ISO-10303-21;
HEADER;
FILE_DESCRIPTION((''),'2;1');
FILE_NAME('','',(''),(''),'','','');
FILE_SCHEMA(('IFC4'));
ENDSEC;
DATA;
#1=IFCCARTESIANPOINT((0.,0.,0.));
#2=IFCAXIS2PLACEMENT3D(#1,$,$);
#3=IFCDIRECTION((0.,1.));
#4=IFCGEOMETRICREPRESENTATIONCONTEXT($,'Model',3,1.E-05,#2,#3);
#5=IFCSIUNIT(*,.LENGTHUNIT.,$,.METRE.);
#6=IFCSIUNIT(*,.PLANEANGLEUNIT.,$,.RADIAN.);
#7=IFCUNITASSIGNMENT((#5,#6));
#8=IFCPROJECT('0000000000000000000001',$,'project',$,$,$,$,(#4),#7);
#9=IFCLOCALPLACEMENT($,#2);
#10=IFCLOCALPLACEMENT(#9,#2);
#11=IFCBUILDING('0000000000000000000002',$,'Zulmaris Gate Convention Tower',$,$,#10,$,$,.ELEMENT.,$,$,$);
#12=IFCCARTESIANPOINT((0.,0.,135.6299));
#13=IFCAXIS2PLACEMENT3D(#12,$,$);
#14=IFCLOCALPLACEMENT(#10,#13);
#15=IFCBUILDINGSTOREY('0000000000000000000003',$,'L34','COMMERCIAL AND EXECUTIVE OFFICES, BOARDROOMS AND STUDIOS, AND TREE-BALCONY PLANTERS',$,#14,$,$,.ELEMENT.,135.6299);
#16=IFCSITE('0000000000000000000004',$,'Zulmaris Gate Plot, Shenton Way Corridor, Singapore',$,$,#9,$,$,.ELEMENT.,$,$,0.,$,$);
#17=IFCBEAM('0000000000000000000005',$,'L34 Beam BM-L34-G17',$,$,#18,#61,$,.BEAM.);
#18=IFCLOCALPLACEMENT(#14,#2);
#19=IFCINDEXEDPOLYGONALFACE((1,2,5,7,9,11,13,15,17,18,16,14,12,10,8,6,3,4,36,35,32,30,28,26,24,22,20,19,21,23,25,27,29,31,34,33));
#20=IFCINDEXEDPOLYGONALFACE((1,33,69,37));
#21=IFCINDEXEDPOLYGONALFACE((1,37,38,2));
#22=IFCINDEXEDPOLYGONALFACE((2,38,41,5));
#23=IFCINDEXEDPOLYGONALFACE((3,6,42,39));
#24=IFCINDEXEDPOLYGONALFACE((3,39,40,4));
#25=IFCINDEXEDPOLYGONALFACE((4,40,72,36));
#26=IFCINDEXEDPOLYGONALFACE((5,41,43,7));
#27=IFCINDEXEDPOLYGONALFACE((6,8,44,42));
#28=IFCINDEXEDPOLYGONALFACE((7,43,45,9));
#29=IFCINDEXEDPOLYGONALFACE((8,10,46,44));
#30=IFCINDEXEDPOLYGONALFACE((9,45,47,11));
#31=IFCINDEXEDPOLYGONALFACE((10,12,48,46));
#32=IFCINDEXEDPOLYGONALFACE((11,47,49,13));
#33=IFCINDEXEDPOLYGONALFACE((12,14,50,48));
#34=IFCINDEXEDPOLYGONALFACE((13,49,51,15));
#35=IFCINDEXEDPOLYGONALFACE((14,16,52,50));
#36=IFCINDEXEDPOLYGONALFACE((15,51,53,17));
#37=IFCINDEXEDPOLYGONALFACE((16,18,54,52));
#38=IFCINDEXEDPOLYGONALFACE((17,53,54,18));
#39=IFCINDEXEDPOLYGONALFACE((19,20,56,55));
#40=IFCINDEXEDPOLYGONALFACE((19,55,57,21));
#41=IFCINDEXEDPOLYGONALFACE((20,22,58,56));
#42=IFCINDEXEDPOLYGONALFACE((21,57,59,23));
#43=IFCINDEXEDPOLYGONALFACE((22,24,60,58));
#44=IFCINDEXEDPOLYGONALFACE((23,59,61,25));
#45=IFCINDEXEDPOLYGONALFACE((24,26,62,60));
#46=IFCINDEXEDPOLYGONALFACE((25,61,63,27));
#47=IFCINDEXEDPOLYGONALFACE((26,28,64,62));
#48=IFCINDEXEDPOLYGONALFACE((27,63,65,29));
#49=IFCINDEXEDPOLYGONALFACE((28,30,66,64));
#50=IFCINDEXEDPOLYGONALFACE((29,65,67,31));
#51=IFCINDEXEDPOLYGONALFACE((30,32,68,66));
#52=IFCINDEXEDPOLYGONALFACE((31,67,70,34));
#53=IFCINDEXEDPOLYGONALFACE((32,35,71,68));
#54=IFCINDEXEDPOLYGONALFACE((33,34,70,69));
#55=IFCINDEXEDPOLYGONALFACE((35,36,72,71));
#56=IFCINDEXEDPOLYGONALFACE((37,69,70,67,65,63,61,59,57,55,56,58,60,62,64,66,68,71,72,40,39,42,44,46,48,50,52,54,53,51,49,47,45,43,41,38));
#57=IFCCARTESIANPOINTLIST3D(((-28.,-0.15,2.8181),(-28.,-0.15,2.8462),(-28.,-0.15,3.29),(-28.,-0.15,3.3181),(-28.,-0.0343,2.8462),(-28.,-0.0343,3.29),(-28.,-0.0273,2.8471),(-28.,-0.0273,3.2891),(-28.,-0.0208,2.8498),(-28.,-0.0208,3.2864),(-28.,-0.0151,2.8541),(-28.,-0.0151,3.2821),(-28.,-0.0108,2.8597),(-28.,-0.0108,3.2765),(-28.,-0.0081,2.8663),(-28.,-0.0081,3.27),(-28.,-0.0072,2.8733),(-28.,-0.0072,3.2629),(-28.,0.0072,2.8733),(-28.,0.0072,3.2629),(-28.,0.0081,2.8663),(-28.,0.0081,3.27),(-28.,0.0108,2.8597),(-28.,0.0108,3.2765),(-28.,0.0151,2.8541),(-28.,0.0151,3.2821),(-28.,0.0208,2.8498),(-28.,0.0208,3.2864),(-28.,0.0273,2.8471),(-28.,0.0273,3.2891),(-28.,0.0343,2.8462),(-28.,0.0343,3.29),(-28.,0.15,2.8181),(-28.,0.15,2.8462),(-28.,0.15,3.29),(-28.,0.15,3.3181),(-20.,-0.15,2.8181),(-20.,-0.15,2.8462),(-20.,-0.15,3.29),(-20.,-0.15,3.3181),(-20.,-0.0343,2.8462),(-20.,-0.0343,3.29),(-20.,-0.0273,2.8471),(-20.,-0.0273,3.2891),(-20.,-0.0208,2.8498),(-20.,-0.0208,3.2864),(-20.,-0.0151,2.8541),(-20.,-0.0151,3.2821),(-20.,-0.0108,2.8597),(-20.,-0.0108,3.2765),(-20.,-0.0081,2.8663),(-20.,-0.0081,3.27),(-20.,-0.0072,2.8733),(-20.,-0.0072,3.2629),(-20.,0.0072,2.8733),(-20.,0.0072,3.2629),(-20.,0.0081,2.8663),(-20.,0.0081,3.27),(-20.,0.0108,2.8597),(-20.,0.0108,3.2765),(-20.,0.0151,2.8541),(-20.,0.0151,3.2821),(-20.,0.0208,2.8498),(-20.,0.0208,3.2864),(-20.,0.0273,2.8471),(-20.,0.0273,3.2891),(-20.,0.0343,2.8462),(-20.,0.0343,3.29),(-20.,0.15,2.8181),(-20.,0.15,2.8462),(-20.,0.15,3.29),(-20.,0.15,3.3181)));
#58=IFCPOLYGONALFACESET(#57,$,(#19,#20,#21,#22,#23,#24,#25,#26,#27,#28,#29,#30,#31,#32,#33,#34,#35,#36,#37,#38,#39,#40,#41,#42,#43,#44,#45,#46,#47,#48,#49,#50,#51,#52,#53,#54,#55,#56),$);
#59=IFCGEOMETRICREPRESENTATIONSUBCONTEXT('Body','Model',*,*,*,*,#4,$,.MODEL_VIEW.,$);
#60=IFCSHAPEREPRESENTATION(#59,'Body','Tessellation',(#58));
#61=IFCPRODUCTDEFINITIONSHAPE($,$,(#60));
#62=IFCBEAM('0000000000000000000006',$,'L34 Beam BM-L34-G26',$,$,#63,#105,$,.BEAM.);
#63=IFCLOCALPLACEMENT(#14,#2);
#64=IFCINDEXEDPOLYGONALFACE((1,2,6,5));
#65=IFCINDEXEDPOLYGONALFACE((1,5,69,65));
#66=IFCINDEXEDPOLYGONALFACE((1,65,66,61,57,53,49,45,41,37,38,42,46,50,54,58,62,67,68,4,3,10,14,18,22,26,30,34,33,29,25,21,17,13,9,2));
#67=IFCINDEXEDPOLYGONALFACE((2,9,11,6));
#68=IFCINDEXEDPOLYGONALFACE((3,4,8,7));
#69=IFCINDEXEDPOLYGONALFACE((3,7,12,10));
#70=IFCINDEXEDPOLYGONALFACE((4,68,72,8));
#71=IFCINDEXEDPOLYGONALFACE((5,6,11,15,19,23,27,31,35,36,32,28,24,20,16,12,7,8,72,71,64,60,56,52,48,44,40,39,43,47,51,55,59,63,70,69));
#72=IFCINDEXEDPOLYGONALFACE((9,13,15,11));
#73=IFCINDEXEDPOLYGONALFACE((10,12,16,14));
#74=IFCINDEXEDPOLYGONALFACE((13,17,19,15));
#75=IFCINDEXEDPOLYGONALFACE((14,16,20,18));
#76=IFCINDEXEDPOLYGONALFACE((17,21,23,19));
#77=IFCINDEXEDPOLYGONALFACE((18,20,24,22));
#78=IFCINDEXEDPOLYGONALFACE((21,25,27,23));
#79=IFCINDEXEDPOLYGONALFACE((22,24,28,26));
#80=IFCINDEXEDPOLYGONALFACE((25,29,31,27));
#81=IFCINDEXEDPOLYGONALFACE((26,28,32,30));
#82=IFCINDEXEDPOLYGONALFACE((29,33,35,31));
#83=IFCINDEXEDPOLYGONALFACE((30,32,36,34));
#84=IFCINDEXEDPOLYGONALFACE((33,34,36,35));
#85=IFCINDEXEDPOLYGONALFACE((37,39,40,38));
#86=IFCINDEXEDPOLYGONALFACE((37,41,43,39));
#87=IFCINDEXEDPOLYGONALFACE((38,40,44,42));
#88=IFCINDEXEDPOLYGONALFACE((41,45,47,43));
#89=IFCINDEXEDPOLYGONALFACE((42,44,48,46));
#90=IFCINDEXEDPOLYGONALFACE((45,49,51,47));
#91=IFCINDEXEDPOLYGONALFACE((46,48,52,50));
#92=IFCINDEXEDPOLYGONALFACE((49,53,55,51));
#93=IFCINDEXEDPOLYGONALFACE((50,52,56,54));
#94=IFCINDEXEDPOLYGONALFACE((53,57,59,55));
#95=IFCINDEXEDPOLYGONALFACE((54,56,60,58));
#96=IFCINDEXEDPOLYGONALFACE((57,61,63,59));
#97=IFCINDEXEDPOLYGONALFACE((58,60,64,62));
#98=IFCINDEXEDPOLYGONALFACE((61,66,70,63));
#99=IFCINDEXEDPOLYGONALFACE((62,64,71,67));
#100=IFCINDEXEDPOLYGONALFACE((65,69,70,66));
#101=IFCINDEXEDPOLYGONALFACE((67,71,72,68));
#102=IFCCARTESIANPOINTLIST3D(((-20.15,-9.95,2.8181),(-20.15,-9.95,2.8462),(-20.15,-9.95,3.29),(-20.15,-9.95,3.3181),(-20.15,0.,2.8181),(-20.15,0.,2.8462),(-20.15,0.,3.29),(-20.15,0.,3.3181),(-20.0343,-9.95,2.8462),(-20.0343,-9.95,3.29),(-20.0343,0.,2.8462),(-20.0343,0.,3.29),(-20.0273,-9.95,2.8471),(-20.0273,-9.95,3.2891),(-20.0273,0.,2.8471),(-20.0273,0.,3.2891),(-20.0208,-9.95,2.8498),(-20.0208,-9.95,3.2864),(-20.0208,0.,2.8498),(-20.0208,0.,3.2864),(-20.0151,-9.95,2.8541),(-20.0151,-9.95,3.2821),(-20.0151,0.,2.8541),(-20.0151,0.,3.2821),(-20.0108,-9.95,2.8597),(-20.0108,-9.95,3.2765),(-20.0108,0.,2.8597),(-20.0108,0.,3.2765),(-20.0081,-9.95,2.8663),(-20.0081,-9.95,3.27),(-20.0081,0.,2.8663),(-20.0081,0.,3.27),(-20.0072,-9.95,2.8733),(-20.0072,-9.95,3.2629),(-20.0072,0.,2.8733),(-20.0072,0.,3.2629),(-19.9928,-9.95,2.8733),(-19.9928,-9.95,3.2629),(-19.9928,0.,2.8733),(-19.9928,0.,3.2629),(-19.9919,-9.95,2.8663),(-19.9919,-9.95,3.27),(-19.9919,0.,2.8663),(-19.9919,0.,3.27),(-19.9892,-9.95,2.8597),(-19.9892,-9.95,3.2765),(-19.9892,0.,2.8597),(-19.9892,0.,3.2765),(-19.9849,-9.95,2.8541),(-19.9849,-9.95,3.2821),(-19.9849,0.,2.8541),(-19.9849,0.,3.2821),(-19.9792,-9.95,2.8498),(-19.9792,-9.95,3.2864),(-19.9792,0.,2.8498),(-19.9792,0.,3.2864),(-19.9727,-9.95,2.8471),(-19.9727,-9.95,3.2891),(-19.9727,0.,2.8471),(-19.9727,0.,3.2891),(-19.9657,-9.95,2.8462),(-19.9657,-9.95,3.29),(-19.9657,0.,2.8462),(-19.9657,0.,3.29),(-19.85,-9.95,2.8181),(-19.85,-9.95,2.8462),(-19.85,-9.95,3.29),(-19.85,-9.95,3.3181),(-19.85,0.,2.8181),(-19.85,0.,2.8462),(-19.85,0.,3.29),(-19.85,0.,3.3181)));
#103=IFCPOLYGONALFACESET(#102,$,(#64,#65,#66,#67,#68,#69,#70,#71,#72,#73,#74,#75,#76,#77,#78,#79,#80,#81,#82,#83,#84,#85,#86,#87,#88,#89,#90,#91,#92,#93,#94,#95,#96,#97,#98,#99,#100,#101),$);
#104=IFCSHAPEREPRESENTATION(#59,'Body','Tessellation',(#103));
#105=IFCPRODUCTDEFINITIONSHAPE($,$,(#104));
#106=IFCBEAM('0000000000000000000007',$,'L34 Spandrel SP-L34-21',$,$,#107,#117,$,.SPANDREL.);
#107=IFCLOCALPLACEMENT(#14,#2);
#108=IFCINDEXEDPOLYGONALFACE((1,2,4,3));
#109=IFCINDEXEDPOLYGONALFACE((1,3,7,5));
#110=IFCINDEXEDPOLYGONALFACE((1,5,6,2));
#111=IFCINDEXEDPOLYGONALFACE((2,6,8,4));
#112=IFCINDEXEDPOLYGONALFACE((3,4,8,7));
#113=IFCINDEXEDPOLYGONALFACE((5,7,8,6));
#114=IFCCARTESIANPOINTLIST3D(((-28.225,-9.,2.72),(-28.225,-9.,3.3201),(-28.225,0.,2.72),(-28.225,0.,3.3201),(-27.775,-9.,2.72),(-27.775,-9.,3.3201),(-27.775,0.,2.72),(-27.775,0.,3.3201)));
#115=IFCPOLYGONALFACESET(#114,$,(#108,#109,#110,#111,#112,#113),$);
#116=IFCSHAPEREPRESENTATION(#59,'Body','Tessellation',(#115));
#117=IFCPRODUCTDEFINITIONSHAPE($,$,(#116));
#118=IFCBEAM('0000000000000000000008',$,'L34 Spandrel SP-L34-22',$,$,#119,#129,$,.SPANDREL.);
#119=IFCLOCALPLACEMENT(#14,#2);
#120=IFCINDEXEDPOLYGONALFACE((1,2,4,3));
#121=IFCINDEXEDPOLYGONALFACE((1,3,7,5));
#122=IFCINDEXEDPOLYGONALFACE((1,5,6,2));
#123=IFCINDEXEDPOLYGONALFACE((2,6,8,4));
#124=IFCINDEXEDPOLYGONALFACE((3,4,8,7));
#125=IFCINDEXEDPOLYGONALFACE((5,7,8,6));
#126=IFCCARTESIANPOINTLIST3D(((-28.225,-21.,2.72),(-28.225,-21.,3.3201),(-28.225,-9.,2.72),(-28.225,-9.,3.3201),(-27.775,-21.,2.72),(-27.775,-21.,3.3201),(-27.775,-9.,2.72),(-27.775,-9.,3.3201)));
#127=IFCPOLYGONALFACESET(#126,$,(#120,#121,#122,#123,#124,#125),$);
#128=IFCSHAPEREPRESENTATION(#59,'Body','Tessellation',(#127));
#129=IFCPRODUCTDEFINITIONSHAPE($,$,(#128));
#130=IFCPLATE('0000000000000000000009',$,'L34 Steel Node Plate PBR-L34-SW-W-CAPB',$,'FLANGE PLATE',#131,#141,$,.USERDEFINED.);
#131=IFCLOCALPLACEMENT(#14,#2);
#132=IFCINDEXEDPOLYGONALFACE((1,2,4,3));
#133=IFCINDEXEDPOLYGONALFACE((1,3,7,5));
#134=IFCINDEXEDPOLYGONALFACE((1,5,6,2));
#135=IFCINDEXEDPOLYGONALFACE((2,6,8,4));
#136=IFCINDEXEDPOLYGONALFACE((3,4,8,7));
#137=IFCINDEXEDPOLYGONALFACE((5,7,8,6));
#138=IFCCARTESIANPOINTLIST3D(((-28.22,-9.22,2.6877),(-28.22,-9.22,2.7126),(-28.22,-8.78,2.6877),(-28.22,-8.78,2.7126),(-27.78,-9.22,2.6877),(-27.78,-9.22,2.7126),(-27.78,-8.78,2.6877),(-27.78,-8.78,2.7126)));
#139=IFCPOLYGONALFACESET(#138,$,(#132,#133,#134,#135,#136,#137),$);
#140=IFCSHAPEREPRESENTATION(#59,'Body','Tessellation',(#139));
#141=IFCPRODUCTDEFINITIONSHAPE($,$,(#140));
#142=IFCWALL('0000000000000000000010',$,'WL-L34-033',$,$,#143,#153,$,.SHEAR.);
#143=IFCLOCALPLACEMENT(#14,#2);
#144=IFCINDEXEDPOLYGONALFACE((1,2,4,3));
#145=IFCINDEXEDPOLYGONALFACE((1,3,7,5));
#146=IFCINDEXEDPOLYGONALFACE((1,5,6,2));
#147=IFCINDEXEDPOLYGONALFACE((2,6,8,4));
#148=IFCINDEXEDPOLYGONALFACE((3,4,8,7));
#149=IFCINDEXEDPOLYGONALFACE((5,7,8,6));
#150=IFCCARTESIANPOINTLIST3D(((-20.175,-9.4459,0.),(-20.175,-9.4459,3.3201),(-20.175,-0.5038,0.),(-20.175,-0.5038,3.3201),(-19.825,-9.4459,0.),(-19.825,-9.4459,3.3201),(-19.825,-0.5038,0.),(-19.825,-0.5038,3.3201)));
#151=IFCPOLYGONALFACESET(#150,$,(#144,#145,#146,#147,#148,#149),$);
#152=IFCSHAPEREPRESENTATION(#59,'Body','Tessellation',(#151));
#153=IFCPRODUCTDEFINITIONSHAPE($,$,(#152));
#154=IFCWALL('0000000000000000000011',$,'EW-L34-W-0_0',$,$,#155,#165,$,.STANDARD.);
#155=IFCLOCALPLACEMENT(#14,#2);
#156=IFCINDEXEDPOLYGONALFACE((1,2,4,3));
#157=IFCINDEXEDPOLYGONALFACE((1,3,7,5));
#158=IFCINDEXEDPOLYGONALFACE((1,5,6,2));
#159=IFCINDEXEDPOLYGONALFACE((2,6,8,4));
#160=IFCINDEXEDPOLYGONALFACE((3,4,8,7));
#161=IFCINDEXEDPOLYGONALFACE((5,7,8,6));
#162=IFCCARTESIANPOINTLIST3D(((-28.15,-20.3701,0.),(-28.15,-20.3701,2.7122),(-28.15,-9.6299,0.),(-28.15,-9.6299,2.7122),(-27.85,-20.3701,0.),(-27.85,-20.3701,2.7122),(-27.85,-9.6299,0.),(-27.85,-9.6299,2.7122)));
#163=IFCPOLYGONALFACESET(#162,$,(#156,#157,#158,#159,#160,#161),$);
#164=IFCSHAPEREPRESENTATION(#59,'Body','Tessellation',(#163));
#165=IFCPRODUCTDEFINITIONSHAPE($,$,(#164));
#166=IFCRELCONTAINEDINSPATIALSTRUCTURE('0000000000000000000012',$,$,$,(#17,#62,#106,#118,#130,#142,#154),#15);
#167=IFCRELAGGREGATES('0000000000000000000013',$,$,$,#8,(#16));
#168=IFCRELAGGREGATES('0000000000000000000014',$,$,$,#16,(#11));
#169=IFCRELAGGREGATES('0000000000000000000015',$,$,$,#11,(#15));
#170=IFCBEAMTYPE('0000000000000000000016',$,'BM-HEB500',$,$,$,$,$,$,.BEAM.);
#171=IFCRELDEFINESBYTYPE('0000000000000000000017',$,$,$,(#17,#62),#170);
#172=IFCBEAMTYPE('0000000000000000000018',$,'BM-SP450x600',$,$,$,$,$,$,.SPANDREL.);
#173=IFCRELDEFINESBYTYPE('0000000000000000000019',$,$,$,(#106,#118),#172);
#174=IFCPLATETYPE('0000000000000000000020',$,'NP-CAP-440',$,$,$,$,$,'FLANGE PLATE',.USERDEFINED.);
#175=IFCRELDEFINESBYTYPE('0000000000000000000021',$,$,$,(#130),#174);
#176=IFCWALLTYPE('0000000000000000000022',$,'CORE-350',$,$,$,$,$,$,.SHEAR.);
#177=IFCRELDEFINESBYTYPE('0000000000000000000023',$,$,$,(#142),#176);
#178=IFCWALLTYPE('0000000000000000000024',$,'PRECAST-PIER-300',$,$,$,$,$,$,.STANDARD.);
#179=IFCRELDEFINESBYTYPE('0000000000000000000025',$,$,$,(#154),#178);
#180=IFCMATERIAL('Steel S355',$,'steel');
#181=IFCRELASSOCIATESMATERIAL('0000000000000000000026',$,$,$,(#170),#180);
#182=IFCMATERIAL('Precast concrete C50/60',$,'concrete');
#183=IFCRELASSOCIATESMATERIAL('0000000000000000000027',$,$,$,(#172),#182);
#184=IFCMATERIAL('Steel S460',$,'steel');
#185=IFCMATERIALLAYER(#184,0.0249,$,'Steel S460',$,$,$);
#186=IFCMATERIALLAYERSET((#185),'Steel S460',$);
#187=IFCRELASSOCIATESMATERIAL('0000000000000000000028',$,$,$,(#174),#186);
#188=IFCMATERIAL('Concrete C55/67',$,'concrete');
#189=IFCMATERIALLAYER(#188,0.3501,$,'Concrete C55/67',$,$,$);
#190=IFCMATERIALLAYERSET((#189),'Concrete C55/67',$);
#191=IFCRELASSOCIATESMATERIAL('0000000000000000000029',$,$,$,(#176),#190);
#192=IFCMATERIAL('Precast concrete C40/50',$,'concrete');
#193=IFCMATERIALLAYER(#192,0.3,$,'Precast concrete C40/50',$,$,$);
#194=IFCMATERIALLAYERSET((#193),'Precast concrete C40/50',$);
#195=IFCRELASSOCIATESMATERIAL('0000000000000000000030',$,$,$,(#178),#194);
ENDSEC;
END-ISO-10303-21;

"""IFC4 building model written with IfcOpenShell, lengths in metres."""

from ifc_helpers import new_model, si_unit, direction, frame, frame_2d, origin, origin_2d, place, context, subcontext, project, spatial, rectangle, i_section, extrude, material, layer, layer_set, material_profile, profile_set, type_object, element, save


model = new_model("IFC4")

# Units and contexts
model_context = context("Model", 3, precision=1e-05, world=origin(), true_north=direction((0.0, 1.0)))
body_context = subcontext(model_context, "Body", "Model", "MODEL_VIEW")
ifc_project = project(units=[si_unit("LENGTHUNIT", "METRE"), si_unit("PLANEANGLEUNIT", "RADIAN")], contexts=[model_context])

# Site, building, storey
site_placement = place(None, origin())
site = spatial("IfcSite", under=ifc_project, at=site_placement, Name="Zulmaris Gate Plot, Shenton Way Corridor, Singapore", CompositionType="ELEMENT", RefElevation=0.0)
building_placement = place(site_placement, origin())
building = spatial("IfcBuilding", under=site, at=building_placement, Name="Zulmaris Gate Convention Tower", CompositionType="ELEMENT")
storey_placement = place(building_placement, frame((0.0, 0.0, 135.6299)))
storey = spatial("IfcBuildingStorey", under=building, at=storey_placement, Name="L34", Description="COMMERCIAL AND EXECUTIVE OFFICES, BOARDROOMS AND STUDIOS, AND TREE-BALCONY PLANTERS", CompositionType="ELEMENT", Elevation=135.6299)

# Beams
ifc_material_1 = material(Name="Steel S355", Category="steel")
ifc_material_profile_1 = material_profile(ifc_material_1, i_section(OverallWidth=0.3, OverallDepth=0.5, WebThickness=0.0144, FlangeThickness=0.0281, FilletRadius=0.0271, at=origin_2d()), Name="HEB 500")
ifc_profile_set_1 = profile_set([ifc_material_profile_1], Name="Steel S355")
beam_type_1 = type_object("IfcBeamType", Name="BM-HEB500", PredefinedType="BEAM", material=ifc_profile_set_1)
for number, where, z_axis, x_axis, name in (
    (1, (-28.0, 0.0, 3.0681), (1.0, 0.0, 0.0), (0.0, 1.0, 0.0), "L34 Beam BM-L34-G17"),
):
    element("IfcBeam", number, at=place(storey_placement, frame(where, z_axis=z_axis, x_axis=x_axis)), inside=storey, type_object=beam_type_1, Name=name, PredefinedType="BEAM", context=body_context, shape_type="SweptSolid", body=[
        extrude(i_section(OverallWidth=0.3, OverallDepth=0.5, WebThickness=0.0144, FlangeThickness=0.0281, FilletRadius=0.0271, at=origin_2d()), origin(), (0.0, 0.0, 1.0), 8.0),
    ])
beam_1_placement = place(storey_placement, frame((-20.0, -9.95, 3.0681), z_axis=(0.0, 1.0, 0.0), x_axis=(-1.0, 0.0, 0.0)))
element("IfcBeam", 2, at=beam_1_placement, inside=storey, type_object=beam_type_1, Name="L34 Beam BM-L34-G26", PredefinedType="BEAM", context=body_context, shape_type="SweptSolid", body=[
    extrude(i_section(OverallWidth=0.3, OverallDepth=0.5, WebThickness=0.0144, FlangeThickness=0.0281, FilletRadius=0.0271, at=origin_2d()), origin(), (0.0, 0.0, 1.0), 9.95),
])
ifc_material_2 = material(Name="Precast concrete C50/60", Category="concrete")
ifc_material_profile_2 = material_profile(ifc_material_2, rectangle(XDim=0.45, YDim=0.6001, at=origin_2d()), Name="RC SPANDREL 450x600")
ifc_profile_set_2 = profile_set([ifc_material_profile_2], Name="Precast concrete C50/60")
beam_type_2 = type_object("IfcBeamType", Name="BM-SP450x600", PredefinedType="SPANDREL", material=ifc_profile_set_2)
beam_2_placement = place(storey_placement, frame((-28.0, 0.0, 3.02), z_axis=(0.0, -1.0, 0.0), x_axis=(1.0, 0.0, 0.0)))
element("IfcBeam", 3, at=beam_2_placement, inside=storey, type_object=beam_type_2, Name="L34 Spandrel SP-L34-21", PredefinedType="SPANDREL", context=body_context, shape_type="SweptSolid", body=[
    extrude(rectangle(XDim=0.45, YDim=0.6001, at=origin_2d()), origin(), (0.0, 0.0, 1.0), 9.0),
])
beam_3_placement = place(storey_placement, frame((-28.0, -9.0, 3.02), z_axis=(0.0, -1.0, 0.0), x_axis=(1.0, 0.0, 0.0)))
element("IfcBeam", 4, at=beam_3_placement, inside=storey, type_object=beam_type_2, Name="L34 Spandrel SP-L34-22", PredefinedType="SPANDREL", context=body_context, shape_type="SweptSolid", body=[
    extrude(rectangle(XDim=0.45, YDim=0.6001, at=origin_2d()), origin(), (0.0, 0.0, 1.0), 12.0),
])

# Plate
ifc_material_3 = material(Name="Steel S460", Category="steel")
ifc_layer_1 = layer(ifc_material_3, 0.0249, Name="Steel S460")
ifc_layer_set_1 = layer_set([ifc_layer_1], Name="Steel S460")
plate_type = type_object("IfcPlateType", Name="NP-CAP-440", ElementType="FLANGE PLATE", PredefinedType="USERDEFINED", material=ifc_layer_set_1)
plate_placement = place(storey_placement, frame((-28.0, -9.0, 2.6877), z_axis=(0.0, 0.0, 1.0), x_axis=(1.0, 0.0, 0.0)))
element("IfcPlate", 5, at=plate_placement, inside=storey, type_object=plate_type, Name="L34 Steel Node Plate PBR-L34-SW-W-CAPB", ObjectType="FLANGE PLATE", PredefinedType="USERDEFINED", context=body_context, shape_type="SweptSolid", body=[
    extrude(rectangle(XDim=0.4399, YDim=0.4399, at=origin_2d()), origin(), (0.0, 0.0, 1.0), 0.0249),
])

# Shared definitions
ifc_material_4 = material(Name="Concrete C55/67", Category="concrete")
ifc_layer_2 = layer(ifc_material_4, 0.3501, Name="Concrete C55/67")
ifc_layer_set_2 = layer_set([ifc_layer_2], Name="Concrete C55/67")
wall_type_1 = type_object("IfcWallType", Name="CORE-350", PredefinedType="SHEAR", material=ifc_layer_set_2)

# Walls
wall_1_placement = place(storey_placement, frame((-20.0, -9.446, 0.0), z_axis=(0.0, 0.0, 1.0), x_axis=(0.0, 1.0, 0.0)))
element("IfcWall", 6, at=wall_1_placement, inside=storey, type_object=wall_type_1, Name="WL-L34-033", PredefinedType="SHEAR", context=body_context, shape_type="SweptSolid", body=[
    extrude(rectangle(XDim=8.9421, YDim=0.3501, at=frame_2d((4.4712, 0.0))), origin(), (0.0, 0.0, 1.0), 3.3201),
])
ifc_material_5 = material(Name="Precast concrete C40/50", Category="concrete")
ifc_layer_3 = layer(ifc_material_5, 0.3, Name="Precast concrete C40/50")
ifc_layer_set_3 = layer_set([ifc_layer_3], Name="Precast concrete C40/50")
wall_type_2 = type_object("IfcWallType", Name="PRECAST-PIER-300", PredefinedType="STANDARD", material=ifc_layer_set_3)
wall_2_placement = place(storey_placement, frame((-28.0, -9.6299, 0.0), z_axis=(0.0, 0.0, 1.0), x_axis=(0.0, -1.0, 0.0)))
element("IfcWall", 7, at=wall_2_placement, inside=storey, type_object=wall_type_2, Name="EW-L34-W-0_0", PredefinedType="STANDARD", context=body_context, shape_type="SweptSolid", body=[
    extrude(rectangle(XDim=10.7402, YDim=0.3, at=frame_2d((5.3701, 0.0))), origin(), (0.0, 0.0, 1.0), 2.7122),
])

save(model, "model.ifc")
